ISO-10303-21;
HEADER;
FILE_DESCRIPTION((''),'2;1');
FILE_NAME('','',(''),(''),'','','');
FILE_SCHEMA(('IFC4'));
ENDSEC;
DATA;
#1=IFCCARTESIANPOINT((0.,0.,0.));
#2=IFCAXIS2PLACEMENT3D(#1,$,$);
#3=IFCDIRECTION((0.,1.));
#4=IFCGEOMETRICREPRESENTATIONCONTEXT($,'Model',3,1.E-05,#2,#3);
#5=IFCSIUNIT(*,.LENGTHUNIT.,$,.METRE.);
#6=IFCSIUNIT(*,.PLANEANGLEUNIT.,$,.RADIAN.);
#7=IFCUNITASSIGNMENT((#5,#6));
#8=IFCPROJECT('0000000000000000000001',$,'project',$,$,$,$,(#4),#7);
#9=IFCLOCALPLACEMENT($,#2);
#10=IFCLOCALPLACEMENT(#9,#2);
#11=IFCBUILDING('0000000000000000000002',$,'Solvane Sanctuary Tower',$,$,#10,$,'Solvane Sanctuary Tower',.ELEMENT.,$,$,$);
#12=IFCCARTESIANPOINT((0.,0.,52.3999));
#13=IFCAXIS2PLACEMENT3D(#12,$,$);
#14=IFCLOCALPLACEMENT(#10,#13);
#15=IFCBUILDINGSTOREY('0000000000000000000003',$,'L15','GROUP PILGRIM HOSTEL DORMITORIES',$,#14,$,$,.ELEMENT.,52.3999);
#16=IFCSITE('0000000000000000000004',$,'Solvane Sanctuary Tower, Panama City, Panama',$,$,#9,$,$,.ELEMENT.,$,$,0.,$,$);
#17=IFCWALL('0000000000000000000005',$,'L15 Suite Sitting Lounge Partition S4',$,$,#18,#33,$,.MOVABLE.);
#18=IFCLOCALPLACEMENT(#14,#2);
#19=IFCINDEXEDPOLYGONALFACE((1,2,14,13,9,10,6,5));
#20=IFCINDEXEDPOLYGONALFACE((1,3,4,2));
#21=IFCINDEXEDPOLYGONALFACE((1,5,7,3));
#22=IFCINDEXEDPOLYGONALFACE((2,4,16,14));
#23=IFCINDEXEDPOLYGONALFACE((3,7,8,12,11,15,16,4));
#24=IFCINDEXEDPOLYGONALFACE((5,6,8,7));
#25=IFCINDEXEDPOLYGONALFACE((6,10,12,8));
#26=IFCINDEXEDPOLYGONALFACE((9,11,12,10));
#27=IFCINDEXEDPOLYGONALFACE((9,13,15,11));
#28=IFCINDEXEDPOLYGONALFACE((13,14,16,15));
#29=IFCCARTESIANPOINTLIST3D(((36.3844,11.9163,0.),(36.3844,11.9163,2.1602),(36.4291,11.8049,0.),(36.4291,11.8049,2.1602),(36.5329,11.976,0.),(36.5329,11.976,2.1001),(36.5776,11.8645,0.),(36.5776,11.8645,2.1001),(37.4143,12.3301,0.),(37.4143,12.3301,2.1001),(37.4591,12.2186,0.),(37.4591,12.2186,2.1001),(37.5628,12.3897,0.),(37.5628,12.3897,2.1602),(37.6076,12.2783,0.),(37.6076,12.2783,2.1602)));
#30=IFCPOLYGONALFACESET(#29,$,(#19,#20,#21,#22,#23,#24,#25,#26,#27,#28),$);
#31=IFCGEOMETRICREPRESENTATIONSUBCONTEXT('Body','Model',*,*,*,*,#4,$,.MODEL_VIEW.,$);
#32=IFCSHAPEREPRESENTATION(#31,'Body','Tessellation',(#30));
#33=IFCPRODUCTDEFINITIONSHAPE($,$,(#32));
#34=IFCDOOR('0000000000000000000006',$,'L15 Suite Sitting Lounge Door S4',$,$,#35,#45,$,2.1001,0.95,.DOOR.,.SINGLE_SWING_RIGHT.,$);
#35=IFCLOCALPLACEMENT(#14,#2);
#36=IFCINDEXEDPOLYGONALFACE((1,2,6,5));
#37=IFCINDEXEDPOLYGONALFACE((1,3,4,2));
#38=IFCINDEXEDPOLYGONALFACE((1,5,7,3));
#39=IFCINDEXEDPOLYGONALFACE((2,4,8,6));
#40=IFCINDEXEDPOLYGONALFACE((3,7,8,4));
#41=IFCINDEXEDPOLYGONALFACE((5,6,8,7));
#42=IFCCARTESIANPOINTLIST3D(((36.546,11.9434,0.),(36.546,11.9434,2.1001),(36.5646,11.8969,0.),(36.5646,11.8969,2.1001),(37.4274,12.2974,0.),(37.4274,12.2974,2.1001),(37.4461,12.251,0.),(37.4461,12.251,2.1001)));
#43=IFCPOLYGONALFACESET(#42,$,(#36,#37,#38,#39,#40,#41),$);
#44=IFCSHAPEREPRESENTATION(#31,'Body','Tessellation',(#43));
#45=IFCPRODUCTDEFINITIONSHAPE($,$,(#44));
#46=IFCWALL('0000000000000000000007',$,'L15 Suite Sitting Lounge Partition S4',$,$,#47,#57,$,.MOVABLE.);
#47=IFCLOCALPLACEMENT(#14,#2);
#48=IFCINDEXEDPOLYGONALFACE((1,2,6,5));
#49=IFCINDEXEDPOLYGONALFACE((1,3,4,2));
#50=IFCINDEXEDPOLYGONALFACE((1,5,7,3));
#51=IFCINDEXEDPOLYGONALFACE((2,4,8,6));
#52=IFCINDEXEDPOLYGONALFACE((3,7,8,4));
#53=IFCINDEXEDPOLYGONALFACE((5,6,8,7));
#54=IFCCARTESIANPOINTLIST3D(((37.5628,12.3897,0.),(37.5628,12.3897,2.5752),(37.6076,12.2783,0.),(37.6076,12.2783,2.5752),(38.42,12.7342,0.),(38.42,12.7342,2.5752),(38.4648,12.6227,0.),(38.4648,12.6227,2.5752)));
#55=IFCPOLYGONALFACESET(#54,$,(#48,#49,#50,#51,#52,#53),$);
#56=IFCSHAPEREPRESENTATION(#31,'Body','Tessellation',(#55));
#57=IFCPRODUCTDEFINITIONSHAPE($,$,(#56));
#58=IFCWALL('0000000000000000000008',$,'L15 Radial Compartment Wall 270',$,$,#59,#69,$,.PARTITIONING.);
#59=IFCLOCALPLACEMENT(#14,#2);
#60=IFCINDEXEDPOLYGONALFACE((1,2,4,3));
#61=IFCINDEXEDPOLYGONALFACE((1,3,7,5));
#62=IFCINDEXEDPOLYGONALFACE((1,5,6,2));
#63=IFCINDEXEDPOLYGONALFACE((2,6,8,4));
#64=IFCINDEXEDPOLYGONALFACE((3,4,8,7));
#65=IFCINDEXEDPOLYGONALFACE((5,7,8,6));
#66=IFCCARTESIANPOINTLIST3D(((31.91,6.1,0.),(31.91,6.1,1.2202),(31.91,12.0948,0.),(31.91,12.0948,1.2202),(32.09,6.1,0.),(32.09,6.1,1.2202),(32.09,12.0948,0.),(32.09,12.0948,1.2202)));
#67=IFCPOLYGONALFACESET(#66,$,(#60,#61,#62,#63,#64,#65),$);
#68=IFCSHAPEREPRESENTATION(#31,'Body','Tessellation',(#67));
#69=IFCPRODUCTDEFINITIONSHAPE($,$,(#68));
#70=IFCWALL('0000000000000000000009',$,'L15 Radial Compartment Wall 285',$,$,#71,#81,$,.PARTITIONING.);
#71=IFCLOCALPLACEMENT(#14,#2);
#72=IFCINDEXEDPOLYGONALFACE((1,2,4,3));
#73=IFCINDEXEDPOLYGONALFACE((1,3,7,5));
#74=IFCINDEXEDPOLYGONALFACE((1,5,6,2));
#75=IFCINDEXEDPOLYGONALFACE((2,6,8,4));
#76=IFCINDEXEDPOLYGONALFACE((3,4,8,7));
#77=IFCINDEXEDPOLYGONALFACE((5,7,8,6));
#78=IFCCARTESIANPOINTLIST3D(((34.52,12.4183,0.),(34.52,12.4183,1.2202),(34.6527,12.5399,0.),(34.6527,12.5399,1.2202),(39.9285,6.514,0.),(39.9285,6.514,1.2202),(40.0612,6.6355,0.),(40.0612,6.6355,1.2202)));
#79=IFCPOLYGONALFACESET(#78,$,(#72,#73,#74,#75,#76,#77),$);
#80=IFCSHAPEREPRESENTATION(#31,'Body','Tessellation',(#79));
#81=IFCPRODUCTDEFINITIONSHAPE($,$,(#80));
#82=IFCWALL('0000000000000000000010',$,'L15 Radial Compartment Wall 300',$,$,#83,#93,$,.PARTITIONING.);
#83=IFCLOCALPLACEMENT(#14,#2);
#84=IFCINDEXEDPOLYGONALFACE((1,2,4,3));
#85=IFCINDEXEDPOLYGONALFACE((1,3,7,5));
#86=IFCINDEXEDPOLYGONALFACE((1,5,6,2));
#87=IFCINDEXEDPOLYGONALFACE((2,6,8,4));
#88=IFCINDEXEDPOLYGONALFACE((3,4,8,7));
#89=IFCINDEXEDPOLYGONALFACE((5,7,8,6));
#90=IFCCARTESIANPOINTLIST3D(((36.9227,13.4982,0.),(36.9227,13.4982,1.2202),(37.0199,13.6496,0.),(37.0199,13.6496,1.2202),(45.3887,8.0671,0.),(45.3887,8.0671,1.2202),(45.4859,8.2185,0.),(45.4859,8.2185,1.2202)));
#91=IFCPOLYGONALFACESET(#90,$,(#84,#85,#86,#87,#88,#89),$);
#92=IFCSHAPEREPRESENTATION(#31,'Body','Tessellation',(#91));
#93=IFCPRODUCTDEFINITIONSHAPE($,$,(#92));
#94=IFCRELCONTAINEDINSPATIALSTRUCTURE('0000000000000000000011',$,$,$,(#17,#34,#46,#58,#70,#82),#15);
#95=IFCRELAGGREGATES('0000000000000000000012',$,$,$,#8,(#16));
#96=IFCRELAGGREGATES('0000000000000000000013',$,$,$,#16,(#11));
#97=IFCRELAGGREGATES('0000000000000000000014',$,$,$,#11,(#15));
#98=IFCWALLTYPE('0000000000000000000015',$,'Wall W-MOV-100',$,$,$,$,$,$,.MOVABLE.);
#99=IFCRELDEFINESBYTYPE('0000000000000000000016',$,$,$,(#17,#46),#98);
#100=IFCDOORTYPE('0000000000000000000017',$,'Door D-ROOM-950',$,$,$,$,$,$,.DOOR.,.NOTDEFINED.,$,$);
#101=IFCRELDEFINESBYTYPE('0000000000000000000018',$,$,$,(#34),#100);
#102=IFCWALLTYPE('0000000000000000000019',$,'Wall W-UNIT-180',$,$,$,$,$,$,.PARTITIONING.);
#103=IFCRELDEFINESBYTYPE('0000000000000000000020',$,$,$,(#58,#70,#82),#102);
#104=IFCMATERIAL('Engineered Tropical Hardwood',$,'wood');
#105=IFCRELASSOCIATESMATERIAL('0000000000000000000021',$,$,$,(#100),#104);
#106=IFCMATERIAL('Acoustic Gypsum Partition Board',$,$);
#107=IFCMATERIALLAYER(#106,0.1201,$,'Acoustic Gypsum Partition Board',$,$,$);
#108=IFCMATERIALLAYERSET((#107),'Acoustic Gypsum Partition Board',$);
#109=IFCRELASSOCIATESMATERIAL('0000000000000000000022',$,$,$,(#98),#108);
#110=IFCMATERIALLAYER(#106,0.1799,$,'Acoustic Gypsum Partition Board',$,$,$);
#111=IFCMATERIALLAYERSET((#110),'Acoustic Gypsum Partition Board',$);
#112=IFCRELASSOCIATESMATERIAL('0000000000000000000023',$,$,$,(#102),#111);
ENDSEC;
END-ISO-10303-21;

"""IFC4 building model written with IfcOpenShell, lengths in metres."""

from ifc_helpers import new_model, si_unit, direction, frame, frame_2d, origin, place, context, subcontext, project, spatial, rectangle, extrude, material, layer, layer_set, type_object, element, fill, save


model = new_model("IFC4")

# Units and contexts
model_context = context("Model", 3, precision=1e-05, world=origin(), true_north=direction((0.0, 1.0)))
body_context = subcontext(model_context, "Body", "Model", "MODEL_VIEW")
ifc_project = project(units=[si_unit("LENGTHUNIT", "METRE"), si_unit("PLANEANGLEUNIT", "RADIAN")], contexts=[model_context])

# Site, building, storey
site_placement = place(None, origin())
site = spatial("IfcSite", under=ifc_project, at=site_placement, Name="Solvane Sanctuary Tower, Panama City, Panama", CompositionType="ELEMENT", RefElevation=0.0)
building_placement = place(site_placement, origin())
building = spatial("IfcBuilding", under=site, at=building_placement, Name="Solvane Sanctuary Tower", LongName="Solvane Sanctuary Tower", CompositionType="ELEMENT")
storey_placement = place(building_placement, frame((0.0, 0.0, 52.3999)))
storey = spatial("IfcBuildingStorey", under=building, at=storey_placement, Name="L15", Description="GROUP PILGRIM HOSTEL DORMITORIES", CompositionType="ELEMENT", Elevation=52.3999)

# Shared definitions
ifc_material_1 = material(Name="Acoustic Gypsum Partition Board")

# Shared definitions
ifc_material_2 = material(Name="Engineered Tropical Hardwood", Category="wood")
door_type = type_object("IfcDoorType", Name="Door D-ROOM-950", OperationType="NOTDEFINED", PredefinedType="DOOR", material=ifc_material_2)

# Shared definitions
ifc_layer_1 = layer(ifc_material_1, 0.1201, Name="Acoustic Gypsum Partition Board")
ifc_layer_set_1 = layer_set([ifc_layer_1], Name="Acoustic Gypsum Partition Board")
wall_type_1 = type_object("IfcWallType", Name="Wall W-MOV-100", PredefinedType="MOVABLE", material=ifc_layer_set_1)

# Wall, opening, door
wall_1_placement = place(storey_placement, frame((36.4067, 11.8606, 0.0), z_axis=(0.0, 0.0, 1.0), x_axis=(0.927932, 0.372749, 0.0)))
wall_1 = element("IfcWall", 1, at=wall_1_placement, inside=storey, type_object=wall_type_1, Name="L15 Suite Sitting Lounge Partition S4", PredefinedType="MOVABLE", context=body_context, shape_type="SweptSolid", body=[
    extrude(rectangle(XDim=1.27, YDim=0.1201, at=frame_2d((0.635, 0.0))), origin(), (0.0, 0.0, 1.0), 2.1602),
])
opening_1_placement = place(wall_1_placement, frame((0.1599, 0.0, 0.0)))
opening_1 = element("IfcOpeningElement", 2, at=opening_1_placement, cuts=wall_1, PredefinedType="OPENING", context=body_context, shape_type="SweptSolid", body=[
    extrude(rectangle(XDim=0.95, YDim=2.1001, at=frame_2d((0.4751, 1.05))), frame((0.0, 0.0701, 0.0), z_axis=(0.0, -1.0, 0.0), x_axis=(1.0, 0.0, 0.0)), (0.0, 0.0, 1.0), 0.1401),
])
door_1_placement = place(opening_1_placement, origin())
door_1 = element("IfcDoor", 3, at=door_1_placement, inside=storey, type_object=door_type, Name="L15 Suite Sitting Lounge Door S4", OperationType="SINGLE_SWING_RIGHT", OverallHeight=2.1001, OverallWidth=0.95, PredefinedType="DOOR", context=body_context, shape_type="SweptSolid", body=[
    extrude(rectangle(XDim=0.95, YDim=2.1001, at=frame_2d((0.4751, 1.05))), frame((0.0, 0.0249, 0.0), z_axis=(0.0, -1.0, 0.0), x_axis=(1.0, 0.0, 0.0)), (0.0, 0.0, 1.0), 0.05),
])
fill(opening_1, door_1)

# Walls
wall_2_placement = place(storey_placement, frame((37.5852, 12.334, 0.0), z_axis=(0.0, 0.0, 1.0), x_axis=(0.927874, 0.372894, 0.0)))
element("IfcWall", 4, at=wall_2_placement, inside=storey, type_object=wall_type_1, Name="L15 Suite Sitting Lounge Partition S4", PredefinedType="MOVABLE", context=body_context, shape_type="SweptSolid", body=[
    extrude(rectangle(XDim=0.9238, YDim=0.1201, at=frame_2d((0.4619, 0.0))), origin(), (0.0, 0.0, 1.0), 2.5752),
])
ifc_layer_2 = layer(ifc_material_1, 0.1799, Name="Acoustic Gypsum Partition Board")
ifc_layer_set_2 = layer_set([ifc_layer_2], Name="Acoustic Gypsum Partition Board")
wall_type_2 = type_object("IfcWallType", Name="Wall W-UNIT-180", PredefinedType="PARTITIONING", material=ifc_layer_set_2)
wall_3_placement = place(storey_placement, frame((32.0, 12.095, 0.0), z_axis=(0.0, 0.0, 1.0), x_axis=(0.0, -1.0, 0.0)))
element("IfcWall", 5, at=wall_3_placement, inside=storey, type_object=wall_type_2, Name="L15 Radial Compartment Wall 270", PredefinedType="PARTITIONING", context=body_context, shape_type="SweptSolid", body=[
    extrude(rectangle(XDim=5.9949, YDim=0.1799, at=frame_2d((2.9976, 0.0))), origin(), (0.0, 0.0, 1.0), 1.2202),
])
wall_4_placement = place(storey_placement, frame((34.5864, 12.479, 0.0), z_axis=(0.0, 0.0, 1.0), x_axis=(0.675465, -0.737392, 0.0)))
element("IfcWall", 6, at=wall_4_placement, inside=storey, type_object=wall_type_2, Name="L15 Radial Compartment Wall 285", PredefinedType="PARTITIONING", context=body_context, shape_type="SweptSolid", body=[
    extrude(rectangle(XDim=8.0071, YDim=0.1799, at=frame_2d((4.0034, 0.0))), origin(), (0.0, 0.0, 1.0), 1.2202),
])
wall_5_placement = place(storey_placement, frame((36.9712, 13.574, 0.0), z_axis=(0.0, 0.0, 1.0), x_axis=(0.84169, -0.539961, 0.0)))
element("IfcWall", 7, at=wall_5_placement, inside=storey, type_object=wall_type_2, Name="L15 Radial Compartment Wall 300", PredefinedType="PARTITIONING", context=body_context, shape_type="SweptSolid", body=[
    extrude(rectangle(XDim=10.0583, YDim=0.1799, at=frame_2d((5.0293, 0.0))), origin(), (0.0, 0.0, 1.0), 1.2202),
])

save(model, "model.ifc")
